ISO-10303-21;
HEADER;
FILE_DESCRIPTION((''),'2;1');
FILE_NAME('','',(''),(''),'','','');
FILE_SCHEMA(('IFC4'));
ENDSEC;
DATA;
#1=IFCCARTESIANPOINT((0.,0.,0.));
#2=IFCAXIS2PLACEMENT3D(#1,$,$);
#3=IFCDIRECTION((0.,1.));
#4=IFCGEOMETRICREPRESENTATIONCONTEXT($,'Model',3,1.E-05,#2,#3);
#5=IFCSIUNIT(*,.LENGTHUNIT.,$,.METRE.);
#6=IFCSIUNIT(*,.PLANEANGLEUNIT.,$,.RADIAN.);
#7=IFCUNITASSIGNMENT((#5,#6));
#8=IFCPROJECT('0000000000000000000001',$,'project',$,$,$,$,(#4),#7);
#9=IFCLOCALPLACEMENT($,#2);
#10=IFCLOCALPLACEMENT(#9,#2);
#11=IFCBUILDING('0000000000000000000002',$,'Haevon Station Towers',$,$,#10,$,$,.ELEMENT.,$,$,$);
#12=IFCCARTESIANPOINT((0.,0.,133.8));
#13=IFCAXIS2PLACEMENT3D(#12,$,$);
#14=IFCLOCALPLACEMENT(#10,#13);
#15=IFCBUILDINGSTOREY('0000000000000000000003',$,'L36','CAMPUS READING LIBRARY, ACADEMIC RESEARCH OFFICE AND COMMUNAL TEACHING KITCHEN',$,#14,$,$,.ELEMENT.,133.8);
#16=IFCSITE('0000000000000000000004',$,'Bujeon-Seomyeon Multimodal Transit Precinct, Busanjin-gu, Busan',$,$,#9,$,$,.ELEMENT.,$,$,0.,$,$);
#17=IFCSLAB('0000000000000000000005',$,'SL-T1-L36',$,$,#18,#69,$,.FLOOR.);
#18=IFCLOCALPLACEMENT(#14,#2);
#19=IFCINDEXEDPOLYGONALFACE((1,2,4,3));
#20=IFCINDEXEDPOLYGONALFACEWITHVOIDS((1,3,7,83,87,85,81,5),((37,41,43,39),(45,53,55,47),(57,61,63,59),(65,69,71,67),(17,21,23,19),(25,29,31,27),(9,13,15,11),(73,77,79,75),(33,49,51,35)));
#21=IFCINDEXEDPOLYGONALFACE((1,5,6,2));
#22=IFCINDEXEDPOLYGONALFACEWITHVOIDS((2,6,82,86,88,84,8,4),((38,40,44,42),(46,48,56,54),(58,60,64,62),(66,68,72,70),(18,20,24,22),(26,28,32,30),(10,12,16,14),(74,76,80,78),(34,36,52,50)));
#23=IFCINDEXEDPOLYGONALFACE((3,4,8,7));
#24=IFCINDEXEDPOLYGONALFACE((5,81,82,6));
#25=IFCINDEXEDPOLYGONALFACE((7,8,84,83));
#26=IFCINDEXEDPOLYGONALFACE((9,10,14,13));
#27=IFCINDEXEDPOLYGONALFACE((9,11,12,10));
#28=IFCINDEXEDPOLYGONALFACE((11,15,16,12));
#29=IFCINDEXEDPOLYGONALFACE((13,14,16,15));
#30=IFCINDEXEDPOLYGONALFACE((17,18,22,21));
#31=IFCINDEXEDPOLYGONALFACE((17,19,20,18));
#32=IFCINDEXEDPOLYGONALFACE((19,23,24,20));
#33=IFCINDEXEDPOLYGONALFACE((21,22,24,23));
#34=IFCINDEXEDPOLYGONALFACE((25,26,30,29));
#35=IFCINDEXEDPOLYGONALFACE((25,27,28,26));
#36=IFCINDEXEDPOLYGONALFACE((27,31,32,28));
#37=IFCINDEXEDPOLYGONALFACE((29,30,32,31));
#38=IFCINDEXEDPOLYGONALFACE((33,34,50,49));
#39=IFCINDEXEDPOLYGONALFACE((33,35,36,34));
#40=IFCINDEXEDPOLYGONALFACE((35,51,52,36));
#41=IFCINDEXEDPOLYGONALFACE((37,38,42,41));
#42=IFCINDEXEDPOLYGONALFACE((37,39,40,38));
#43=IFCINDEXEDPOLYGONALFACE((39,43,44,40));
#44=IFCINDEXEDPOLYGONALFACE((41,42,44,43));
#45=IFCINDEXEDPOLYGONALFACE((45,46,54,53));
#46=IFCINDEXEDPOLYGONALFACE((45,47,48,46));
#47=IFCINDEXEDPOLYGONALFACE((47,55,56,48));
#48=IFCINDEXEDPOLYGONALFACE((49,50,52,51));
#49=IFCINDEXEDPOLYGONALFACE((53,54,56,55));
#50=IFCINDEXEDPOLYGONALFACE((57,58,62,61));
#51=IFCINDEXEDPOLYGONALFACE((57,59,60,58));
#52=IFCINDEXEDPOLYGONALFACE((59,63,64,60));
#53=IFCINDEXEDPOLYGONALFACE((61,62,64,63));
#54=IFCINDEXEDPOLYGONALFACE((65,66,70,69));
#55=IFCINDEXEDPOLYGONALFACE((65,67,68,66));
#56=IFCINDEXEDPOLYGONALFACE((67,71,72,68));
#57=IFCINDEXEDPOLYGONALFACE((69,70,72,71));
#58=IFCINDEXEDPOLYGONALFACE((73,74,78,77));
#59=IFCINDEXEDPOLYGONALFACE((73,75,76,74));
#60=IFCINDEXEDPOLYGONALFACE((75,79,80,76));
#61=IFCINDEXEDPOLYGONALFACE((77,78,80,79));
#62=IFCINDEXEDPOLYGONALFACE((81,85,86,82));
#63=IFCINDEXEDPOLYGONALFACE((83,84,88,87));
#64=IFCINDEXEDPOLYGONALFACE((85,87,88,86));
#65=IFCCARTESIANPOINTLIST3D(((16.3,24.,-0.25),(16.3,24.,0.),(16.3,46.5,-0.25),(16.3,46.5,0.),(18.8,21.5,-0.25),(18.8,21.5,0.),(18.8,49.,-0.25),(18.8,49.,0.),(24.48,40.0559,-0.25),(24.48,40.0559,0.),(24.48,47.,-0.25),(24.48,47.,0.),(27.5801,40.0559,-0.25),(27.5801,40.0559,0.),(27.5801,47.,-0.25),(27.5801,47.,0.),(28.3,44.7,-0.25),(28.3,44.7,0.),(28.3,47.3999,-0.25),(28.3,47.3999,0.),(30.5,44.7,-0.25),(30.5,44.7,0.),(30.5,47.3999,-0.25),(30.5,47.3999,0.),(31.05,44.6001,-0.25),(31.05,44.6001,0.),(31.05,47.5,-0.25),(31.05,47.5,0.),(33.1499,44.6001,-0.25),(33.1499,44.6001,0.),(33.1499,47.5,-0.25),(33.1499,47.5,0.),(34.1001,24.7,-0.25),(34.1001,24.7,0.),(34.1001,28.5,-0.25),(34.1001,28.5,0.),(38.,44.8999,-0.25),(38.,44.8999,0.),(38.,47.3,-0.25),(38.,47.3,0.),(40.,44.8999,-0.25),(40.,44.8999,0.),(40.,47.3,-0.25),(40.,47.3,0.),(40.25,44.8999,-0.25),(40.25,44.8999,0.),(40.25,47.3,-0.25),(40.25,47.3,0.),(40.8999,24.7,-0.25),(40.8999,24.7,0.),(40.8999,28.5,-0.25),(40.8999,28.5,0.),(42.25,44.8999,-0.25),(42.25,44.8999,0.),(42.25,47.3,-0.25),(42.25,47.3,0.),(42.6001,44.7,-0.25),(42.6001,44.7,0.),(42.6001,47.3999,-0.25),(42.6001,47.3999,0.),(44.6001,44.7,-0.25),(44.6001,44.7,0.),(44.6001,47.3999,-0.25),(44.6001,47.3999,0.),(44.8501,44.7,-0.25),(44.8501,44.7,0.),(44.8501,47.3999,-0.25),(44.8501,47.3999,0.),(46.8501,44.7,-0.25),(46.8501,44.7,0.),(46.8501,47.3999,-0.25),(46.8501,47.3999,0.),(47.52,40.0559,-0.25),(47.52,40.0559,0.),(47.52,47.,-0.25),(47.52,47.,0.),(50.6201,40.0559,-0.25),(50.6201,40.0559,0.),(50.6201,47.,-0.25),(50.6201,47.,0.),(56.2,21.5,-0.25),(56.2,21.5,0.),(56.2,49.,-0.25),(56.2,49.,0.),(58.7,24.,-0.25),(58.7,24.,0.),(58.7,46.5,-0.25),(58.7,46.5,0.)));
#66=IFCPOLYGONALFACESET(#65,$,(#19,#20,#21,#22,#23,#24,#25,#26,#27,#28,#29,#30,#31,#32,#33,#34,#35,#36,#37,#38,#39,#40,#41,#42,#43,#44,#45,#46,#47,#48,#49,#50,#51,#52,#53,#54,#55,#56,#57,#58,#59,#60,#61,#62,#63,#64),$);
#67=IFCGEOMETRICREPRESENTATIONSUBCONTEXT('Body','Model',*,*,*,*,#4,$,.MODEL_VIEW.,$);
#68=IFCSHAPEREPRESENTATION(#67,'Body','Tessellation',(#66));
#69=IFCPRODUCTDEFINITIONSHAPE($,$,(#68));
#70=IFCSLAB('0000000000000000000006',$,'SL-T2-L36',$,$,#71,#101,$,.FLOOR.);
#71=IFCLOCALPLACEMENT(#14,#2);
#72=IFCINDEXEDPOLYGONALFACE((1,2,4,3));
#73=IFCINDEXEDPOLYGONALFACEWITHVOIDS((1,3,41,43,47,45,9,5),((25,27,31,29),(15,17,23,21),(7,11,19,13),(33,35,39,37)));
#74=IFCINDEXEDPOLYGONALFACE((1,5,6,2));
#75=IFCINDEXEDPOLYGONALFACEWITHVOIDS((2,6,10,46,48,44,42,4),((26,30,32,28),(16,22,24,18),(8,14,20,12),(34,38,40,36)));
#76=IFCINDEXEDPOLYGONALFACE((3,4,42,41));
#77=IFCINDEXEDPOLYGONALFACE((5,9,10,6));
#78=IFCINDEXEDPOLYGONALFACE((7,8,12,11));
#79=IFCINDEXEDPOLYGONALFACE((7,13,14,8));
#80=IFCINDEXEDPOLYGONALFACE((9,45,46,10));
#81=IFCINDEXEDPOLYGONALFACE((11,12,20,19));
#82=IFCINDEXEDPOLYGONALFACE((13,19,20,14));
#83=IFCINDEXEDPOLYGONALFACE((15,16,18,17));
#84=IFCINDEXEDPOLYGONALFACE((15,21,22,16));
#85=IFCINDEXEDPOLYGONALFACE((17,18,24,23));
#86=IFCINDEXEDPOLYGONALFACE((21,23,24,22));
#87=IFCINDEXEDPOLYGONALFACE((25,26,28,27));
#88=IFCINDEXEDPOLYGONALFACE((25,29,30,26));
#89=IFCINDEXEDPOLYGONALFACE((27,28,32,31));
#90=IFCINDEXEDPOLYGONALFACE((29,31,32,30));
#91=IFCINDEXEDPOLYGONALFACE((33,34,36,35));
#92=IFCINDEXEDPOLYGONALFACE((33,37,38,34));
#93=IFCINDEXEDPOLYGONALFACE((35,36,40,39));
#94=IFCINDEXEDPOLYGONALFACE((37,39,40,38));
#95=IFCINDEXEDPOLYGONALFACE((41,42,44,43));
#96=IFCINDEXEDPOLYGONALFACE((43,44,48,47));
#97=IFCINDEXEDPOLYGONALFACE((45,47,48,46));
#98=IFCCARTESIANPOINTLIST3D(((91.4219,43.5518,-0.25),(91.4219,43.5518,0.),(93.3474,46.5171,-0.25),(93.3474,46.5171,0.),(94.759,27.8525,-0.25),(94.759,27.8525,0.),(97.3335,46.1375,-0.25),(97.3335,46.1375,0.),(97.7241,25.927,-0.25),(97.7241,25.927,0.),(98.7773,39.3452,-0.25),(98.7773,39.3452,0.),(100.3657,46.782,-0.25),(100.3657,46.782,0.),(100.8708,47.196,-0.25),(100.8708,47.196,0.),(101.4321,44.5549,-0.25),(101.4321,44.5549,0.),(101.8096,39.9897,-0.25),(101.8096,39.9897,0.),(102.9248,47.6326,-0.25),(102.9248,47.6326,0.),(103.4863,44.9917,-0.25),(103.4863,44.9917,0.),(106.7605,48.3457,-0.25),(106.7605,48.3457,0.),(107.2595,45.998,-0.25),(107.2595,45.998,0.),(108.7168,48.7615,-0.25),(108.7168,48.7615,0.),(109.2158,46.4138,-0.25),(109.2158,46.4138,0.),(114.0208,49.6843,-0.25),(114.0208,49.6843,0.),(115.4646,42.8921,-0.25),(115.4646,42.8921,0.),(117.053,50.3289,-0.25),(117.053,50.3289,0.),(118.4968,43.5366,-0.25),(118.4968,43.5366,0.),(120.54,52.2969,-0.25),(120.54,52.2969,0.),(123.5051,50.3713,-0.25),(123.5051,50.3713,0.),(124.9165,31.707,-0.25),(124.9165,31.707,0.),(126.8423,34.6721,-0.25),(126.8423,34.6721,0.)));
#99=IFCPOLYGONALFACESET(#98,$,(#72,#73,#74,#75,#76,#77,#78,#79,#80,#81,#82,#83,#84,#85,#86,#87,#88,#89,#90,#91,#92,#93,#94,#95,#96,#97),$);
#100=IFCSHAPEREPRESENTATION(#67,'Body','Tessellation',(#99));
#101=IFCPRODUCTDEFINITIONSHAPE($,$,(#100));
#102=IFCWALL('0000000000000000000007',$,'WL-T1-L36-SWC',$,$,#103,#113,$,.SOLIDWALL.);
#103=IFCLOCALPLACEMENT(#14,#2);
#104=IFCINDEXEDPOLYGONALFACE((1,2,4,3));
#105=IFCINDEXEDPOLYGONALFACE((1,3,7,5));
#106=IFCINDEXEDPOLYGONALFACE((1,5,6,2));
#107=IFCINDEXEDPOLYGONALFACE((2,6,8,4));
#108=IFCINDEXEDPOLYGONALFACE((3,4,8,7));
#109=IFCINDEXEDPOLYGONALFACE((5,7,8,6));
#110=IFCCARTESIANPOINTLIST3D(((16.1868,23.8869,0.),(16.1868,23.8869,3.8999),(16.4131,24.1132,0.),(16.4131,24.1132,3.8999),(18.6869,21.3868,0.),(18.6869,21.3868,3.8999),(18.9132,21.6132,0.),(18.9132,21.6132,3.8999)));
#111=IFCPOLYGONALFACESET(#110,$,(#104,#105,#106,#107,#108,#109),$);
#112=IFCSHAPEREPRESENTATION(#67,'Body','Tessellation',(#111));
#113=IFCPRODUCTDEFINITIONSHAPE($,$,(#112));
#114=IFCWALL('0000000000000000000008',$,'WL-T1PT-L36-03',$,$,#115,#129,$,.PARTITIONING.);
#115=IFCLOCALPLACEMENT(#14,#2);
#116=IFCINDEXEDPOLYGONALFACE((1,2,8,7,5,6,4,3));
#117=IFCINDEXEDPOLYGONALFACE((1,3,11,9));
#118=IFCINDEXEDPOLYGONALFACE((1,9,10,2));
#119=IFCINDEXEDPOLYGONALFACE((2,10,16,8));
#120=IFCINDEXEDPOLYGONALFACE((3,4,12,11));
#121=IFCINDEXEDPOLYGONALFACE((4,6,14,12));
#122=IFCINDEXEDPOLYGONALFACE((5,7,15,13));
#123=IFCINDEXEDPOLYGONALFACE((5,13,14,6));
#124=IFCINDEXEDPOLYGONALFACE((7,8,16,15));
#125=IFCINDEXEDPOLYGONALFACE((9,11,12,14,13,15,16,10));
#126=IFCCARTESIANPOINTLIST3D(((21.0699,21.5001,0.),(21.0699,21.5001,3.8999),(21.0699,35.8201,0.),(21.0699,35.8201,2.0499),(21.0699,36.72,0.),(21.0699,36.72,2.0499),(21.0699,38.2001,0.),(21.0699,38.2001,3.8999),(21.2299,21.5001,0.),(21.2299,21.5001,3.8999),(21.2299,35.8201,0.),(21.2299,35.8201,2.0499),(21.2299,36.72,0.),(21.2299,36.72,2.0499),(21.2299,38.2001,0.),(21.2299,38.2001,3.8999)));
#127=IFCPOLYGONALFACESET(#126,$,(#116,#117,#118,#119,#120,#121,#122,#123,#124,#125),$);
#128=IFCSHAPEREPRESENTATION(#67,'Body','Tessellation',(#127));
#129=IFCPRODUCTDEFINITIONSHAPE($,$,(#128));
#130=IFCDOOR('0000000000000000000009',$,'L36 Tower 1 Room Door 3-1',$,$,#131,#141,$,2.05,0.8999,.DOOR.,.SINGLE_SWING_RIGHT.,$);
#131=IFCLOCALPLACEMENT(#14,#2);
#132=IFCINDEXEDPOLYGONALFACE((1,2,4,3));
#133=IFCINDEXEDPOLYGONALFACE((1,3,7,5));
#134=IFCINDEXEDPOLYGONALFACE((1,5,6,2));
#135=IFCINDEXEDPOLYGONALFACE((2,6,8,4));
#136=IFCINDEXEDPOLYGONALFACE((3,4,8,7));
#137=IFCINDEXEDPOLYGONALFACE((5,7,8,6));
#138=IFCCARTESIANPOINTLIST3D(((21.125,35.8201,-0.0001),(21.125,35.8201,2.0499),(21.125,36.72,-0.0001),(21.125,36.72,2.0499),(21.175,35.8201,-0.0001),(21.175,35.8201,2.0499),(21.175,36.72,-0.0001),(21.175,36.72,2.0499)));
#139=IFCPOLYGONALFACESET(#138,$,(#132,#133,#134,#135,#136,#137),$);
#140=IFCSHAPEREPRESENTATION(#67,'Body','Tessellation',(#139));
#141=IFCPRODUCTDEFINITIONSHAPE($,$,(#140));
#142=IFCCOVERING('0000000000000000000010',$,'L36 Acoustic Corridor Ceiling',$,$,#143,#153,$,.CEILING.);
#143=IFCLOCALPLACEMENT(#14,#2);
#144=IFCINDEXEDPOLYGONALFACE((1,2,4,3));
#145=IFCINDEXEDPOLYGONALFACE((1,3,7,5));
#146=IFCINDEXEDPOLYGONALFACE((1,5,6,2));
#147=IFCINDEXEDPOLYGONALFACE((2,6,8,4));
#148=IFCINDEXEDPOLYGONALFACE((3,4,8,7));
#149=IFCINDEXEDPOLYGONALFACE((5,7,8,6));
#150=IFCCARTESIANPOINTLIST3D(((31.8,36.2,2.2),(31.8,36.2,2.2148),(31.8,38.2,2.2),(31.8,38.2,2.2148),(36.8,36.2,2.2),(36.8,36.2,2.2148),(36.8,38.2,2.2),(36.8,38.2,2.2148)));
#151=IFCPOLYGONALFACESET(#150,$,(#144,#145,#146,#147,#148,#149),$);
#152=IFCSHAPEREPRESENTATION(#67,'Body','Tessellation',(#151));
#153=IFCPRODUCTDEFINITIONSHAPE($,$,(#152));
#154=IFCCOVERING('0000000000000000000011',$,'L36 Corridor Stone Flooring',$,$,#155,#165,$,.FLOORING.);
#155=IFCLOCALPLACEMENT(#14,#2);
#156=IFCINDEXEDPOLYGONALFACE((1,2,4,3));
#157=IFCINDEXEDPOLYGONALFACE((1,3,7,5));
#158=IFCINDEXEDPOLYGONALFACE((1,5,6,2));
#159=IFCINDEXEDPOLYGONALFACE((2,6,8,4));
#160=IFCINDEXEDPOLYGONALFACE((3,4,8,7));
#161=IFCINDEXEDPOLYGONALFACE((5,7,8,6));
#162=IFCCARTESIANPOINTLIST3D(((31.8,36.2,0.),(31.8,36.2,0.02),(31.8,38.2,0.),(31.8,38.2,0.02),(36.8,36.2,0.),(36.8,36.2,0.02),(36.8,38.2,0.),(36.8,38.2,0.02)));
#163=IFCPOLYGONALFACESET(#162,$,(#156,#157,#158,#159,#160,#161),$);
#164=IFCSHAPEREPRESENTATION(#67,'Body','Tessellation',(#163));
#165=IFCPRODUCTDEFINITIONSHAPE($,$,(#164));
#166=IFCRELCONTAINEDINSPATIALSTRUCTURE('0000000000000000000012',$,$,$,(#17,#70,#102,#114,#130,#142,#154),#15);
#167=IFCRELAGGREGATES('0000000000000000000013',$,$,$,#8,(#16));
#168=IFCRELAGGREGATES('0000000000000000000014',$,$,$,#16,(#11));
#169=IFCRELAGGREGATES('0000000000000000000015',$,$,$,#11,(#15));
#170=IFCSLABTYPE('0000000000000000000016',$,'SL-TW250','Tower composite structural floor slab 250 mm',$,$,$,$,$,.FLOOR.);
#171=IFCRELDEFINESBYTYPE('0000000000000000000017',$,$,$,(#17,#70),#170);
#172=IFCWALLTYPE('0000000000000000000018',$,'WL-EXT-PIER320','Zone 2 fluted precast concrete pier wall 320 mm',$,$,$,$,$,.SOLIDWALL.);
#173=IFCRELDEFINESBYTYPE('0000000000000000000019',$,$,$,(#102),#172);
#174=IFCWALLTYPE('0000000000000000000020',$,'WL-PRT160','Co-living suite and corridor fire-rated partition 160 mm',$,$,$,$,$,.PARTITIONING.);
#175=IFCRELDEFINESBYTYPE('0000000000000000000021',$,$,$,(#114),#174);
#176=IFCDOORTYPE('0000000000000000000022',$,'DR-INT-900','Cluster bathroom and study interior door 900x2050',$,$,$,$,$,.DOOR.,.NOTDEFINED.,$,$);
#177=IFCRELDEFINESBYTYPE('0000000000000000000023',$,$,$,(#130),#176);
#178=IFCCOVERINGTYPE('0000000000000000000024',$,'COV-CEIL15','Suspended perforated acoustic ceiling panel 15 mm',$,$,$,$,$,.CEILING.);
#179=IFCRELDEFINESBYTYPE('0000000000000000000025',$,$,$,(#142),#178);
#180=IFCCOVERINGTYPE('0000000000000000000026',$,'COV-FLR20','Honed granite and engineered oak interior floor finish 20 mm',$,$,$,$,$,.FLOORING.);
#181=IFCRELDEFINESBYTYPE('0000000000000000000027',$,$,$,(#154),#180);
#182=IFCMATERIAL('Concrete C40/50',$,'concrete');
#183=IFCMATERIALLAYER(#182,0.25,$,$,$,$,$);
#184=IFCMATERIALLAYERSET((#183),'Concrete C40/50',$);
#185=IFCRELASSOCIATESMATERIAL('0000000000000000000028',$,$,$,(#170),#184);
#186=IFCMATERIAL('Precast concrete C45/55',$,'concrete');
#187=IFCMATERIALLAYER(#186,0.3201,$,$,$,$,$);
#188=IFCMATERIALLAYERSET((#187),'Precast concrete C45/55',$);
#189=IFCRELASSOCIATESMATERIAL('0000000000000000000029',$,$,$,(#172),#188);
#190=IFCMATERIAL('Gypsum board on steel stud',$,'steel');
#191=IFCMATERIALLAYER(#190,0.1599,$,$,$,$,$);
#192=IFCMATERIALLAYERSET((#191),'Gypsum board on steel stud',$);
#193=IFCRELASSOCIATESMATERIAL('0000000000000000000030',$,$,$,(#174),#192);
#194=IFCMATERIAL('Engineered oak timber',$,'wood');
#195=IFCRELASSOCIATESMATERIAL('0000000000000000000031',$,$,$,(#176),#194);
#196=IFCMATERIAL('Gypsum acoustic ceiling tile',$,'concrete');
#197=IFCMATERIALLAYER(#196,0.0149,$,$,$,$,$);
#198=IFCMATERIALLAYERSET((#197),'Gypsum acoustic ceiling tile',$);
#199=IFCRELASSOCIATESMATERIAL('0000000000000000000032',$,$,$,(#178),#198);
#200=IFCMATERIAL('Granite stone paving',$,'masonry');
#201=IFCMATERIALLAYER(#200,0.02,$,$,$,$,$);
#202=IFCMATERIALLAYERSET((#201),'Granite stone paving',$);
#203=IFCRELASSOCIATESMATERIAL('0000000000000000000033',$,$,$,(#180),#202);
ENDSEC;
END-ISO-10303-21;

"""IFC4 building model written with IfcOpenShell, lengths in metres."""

from ifc_helpers import new_model, si_unit, direction, frame, frame_2d, origin, place, context, subcontext, project, spatial, polyline, rectangle, outline, extrude, material, layer, layer_set, type_object, element, fill, save


model = new_model("IFC4")

# Units and contexts
model_context = context("Model", 3, precision=1e-05, world=origin(), true_north=direction((0.0, 1.0)))
body_context = subcontext(model_context, "Body", "Model", "MODEL_VIEW")
ifc_project = project(units=[si_unit("LENGTHUNIT", "METRE"), si_unit("PLANEANGLEUNIT", "RADIAN")], contexts=[model_context])

# Site, building, storey
site_placement = place(None, origin())
site = spatial("IfcSite", under=ifc_project, at=site_placement, Name="Bujeon-Seomyeon Multimodal Transit Precinct, Busanjin-gu, Busan", CompositionType="ELEMENT", RefElevation=0.0)
building_placement = place(site_placement, origin())
building = spatial("IfcBuilding", under=site, at=building_placement, Name="Haevon Station Towers", CompositionType="ELEMENT")
storey_placement = place(building_placement, frame((0.0, 0.0, 133.8)))
storey = spatial("IfcBuildingStorey", under=building, at=storey_placement, Name="L36", Description="CAMPUS READING LIBRARY, ACADEMIC RESEARCH OFFICE AND COMMUNAL TEACHING KITCHEN", CompositionType="ELEMENT", Elevation=133.8)

# Shared definitions
ifc_material_1 = material(Name="Concrete C40/50", Category="concrete")

# Slabs
ifc_layer_1 = layer(ifc_material_1, 0.25)
ifc_layer_set_1 = layer_set([ifc_layer_1], Name="Concrete C40/50")
slab_type_1 = type_object("IfcSlabType", Name="SL-TW250", Description="Tower composite structural floor slab 250 mm", PredefinedType="FLOOR", material=ifc_layer_set_1)
slab_1_placement = place(storey_placement, frame((0.0, 0.0, -0.25)))
element("IfcSlab", 1, at=slab_1_placement, inside=storey, type_object=slab_type_1, Name="SL-T1-L36", PredefinedType="FLOOR", context=body_context, shape_type="SweptSolid", body=[
    extrude(outline(polyline([(18.8, 21.5), (56.2, 21.5), (58.7, 24.0), (58.7, 46.5), (56.2, 49.0), (18.8, 49.0), (16.3, 46.5), (16.3, 24.0), (18.8, 21.5)]), holes=[polyline([(27.5801, 40.0559), (27.5801, 47.0), (24.48, 47.0), (24.48, 40.0559), (27.5801, 40.0559)]), polyline([(50.6201, 40.0559), (50.6201, 47.0), (47.52, 47.0), (47.52, 40.0559), (50.6201, 40.0559)]), polyline([(28.3, 44.7), (30.5, 44.7), (30.5, 47.3999), (28.3, 47.3999), (28.3, 44.7)]), polyline([(31.05, 44.6001), (33.1499, 44.6001), (33.1499, 47.5), (31.05, 47.5), (31.05, 44.6001)]), polyline([(38.0, 44.8999), (40.0, 44.8999), (40.0, 47.3), (38.0, 47.3), (38.0, 44.8999)]), polyline([(40.25, 44.8999), (42.25, 44.8999), (42.25, 47.3), (40.25, 47.3), (40.25, 44.8999)]), polyline([(42.6001, 44.7), (44.6001, 44.7), (44.6001, 47.3999), (42.6001, 47.3999), (42.6001, 44.7)]), polyline([(44.8501, 44.7), (46.8501, 44.7), (46.8501, 47.3999), (44.8501, 47.3999), (44.8501, 44.7)]), polyline([(34.1001, 24.7), (40.8999, 24.7), (40.8999, 28.5), (34.1001, 28.5), (34.1001, 24.7)])]), origin(), (0.0, 0.0, 1.0), 0.25),
])
slab_2_placement = place(storey_placement, frame((0.0, 0.0, -0.25)))
element("IfcSlab", 2, at=slab_2_placement, inside=storey, type_object=slab_type_1, Name="SL-T2-L36", PredefinedType="FLOOR", context=body_context, shape_type="SweptSolid", body=[
    extrude(outline(polyline([(97.7241, 25.927), (124.9165, 31.707), (126.8423, 34.6721), (123.5051, 50.3713), (120.54, 52.2969), (93.3474, 46.5171), (91.4219, 43.5518), (94.759, 27.8525), (97.7241, 25.927)]), holes=[polyline([(101.8096, 39.9897), (100.3657, 46.782), (97.3335, 46.1375), (98.7773, 39.3452), (101.8096, 39.9897)]), polyline([(118.4968, 43.5366), (117.053, 50.3289), (114.0208, 49.6843), (115.4646, 42.8921), (118.4968, 43.5366)]), polyline([(101.4321, 44.5549), (103.4863, 44.9917), (102.9248, 47.6326), (100.8708, 47.196), (101.4321, 44.5549)]), polyline([(107.2595, 45.998), (109.2158, 46.4138), (108.7168, 48.7615), (106.7605, 48.3457), (107.2595, 45.998)])]), origin(), (0.0, 0.0, 1.0), 0.25),
])

# Wall
ifc_material_2 = material(Name="Precast concrete C45/55", Category="concrete")
ifc_layer_2 = layer(ifc_material_2, 0.3201)
ifc_layer_set_2 = layer_set([ifc_layer_2], Name="Precast concrete C45/55")
wall_type_1 = type_object("IfcWallType", Name="WL-EXT-PIER320", Description="Zone 2 fluted precast concrete pier wall 320 mm", PredefinedType="SOLIDWALL", material=ifc_layer_set_2)
wall_1_placement = place(storey_placement, frame((18.8, 21.5, 0.0), z_axis=(0.0, 0.0, 1.0), x_axis=(-0.707107, 0.707107, 0.0)))
element("IfcWall", 3, at=wall_1_placement, inside=storey, type_object=wall_type_1, Name="WL-T1-L36-SWC", PredefinedType="SOLIDWALL", context=body_context, shape_type="SweptSolid", body=[
    extrude(rectangle(XDim=3.5356, YDim=0.3201, at=frame_2d((1.7678, 0.0))), origin(), (0.0, 0.0, 1.0), 3.8999),
])

# Wall, opening, door
ifc_material_3 = material(Name="Gypsum board on steel stud", Category="steel")
ifc_layer_3 = layer(ifc_material_3, 0.1599)
ifc_layer_set_3 = layer_set([ifc_layer_3], Name="Gypsum board on steel stud")
wall_type_2 = type_object("IfcWallType", Name="WL-PRT160", Description="Co-living suite and corridor fire-rated partition 160 mm", PredefinedType="PARTITIONING", material=ifc_layer_set_3)
wall_2_placement = place(storey_placement, frame((21.1499, 21.5, 0.0), z_axis=(0.0, 0.0, 1.0), x_axis=(0.0, 1.0, 0.0)))
wall_2 = element("IfcWall", 4, at=wall_2_placement, inside=storey, type_object=wall_type_2, Name="WL-T1PT-L36-03", PredefinedType="PARTITIONING", context=body_context, shape_type="SweptSolid", body=[
    extrude(rectangle(XDim=16.7, YDim=0.1599, at=frame_2d((8.3501, 0.0))), origin(), (0.0, 0.0, 1.0), 3.8999),
])
opening_placement = place(wall_2_placement, frame((14.3201, 0.0, 0.0)))
opening = element("IfcOpeningElement", 5, at=opening_placement, cuts=wall_2, PredefinedType="OPENING", context=body_context, shape_type="SweptSolid", body=[
    extrude(rectangle(XDim=0.8999, YDim=2.05, at=frame_2d((0.45, 1.0249))), frame((0.0, 0.0898, 0.0), z_axis=(0.0, -1.0, 0.0), x_axis=(1.0, 0.0, 0.0)), (0.0, 0.0, 1.0), 0.1799),
])
ifc_material_4 = material(Name="Engineered oak timber", Category="wood")
door_type = type_object("IfcDoorType", Name="DR-INT-900", Description="Cluster bathroom and study interior door 900x2050", OperationType="NOTDEFINED", PredefinedType="DOOR", material=ifc_material_4)
door_placement = place(opening_placement, origin())
door = element("IfcDoor", 6, at=door_placement, inside=storey, type_object=door_type, Name="L36 Tower 1 Room Door 3-1", OperationType="SINGLE_SWING_RIGHT", OverallHeight=2.05, OverallWidth=0.8999, PredefinedType="DOOR", context=body_context, shape_type="SweptSolid", body=[
    extrude(rectangle(XDim=0.8999, YDim=2.05, at=frame_2d((0.45, 1.0249))), frame((0.0, 0.0249, 0.0), z_axis=(0.0, -1.0, 0.0), x_axis=(1.0, 0.0, 0.0)), (0.0, 0.0, 1.0), 0.05),
])
fill(opening, door)

# Coverings
ifc_material_5 = material(Name="Gypsum acoustic ceiling tile", Category="concrete")
ifc_layer_4 = layer(ifc_material_5, 0.0149)
ifc_layer_set_4 = layer_set([ifc_layer_4], Name="Gypsum acoustic ceiling tile")
covering_type_1 = type_object("IfcCoveringType", Name="COV-CEIL15", Description="Suspended perforated acoustic ceiling panel 15 mm", PredefinedType="CEILING", material=ifc_layer_set_4)
covering_1_placement = place(storey_placement, frame((0.0, 0.0, 2.2)))
element("IfcCovering", 7, at=covering_1_placement, inside=storey, type_object=covering_type_1, Name="L36 Acoustic Corridor Ceiling", PredefinedType="CEILING", context=body_context, shape_type="SweptSolid", body=[
    extrude(outline(polyline([(31.8, 36.2), (36.8, 36.2), (36.8, 38.2), (31.8, 38.2), (31.8, 36.2)])), origin(), (0.0, 0.0, 1.0), 0.0149),
])
ifc_material_6 = material(Name="Granite stone paving", Category="masonry")
ifc_layer_5 = layer(ifc_material_6, 0.02)
ifc_layer_set_5 = layer_set([ifc_layer_5], Name="Granite stone paving")
covering_type_2 = type_object("IfcCoveringType", Name="COV-FLR20", Description="Honed granite and engineered oak interior floor finish 20 mm", PredefinedType="FLOORING", material=ifc_layer_set_5)
covering_2_placement = place(storey_placement, origin())
element("IfcCovering", 8, at=covering_2_placement, inside=storey, type_object=covering_type_2, Name="L36 Corridor Stone Flooring", PredefinedType="FLOORING", context=body_context, shape_type="SweptSolid", body=[
    extrude(outline(polyline([(31.8, 36.2), (36.8, 36.2), (36.8, 38.2), (31.8, 38.2), (31.8, 36.2)])), origin(), (0.0, 0.0, 1.0), 0.02),
])

save(model, "model.ifc")
